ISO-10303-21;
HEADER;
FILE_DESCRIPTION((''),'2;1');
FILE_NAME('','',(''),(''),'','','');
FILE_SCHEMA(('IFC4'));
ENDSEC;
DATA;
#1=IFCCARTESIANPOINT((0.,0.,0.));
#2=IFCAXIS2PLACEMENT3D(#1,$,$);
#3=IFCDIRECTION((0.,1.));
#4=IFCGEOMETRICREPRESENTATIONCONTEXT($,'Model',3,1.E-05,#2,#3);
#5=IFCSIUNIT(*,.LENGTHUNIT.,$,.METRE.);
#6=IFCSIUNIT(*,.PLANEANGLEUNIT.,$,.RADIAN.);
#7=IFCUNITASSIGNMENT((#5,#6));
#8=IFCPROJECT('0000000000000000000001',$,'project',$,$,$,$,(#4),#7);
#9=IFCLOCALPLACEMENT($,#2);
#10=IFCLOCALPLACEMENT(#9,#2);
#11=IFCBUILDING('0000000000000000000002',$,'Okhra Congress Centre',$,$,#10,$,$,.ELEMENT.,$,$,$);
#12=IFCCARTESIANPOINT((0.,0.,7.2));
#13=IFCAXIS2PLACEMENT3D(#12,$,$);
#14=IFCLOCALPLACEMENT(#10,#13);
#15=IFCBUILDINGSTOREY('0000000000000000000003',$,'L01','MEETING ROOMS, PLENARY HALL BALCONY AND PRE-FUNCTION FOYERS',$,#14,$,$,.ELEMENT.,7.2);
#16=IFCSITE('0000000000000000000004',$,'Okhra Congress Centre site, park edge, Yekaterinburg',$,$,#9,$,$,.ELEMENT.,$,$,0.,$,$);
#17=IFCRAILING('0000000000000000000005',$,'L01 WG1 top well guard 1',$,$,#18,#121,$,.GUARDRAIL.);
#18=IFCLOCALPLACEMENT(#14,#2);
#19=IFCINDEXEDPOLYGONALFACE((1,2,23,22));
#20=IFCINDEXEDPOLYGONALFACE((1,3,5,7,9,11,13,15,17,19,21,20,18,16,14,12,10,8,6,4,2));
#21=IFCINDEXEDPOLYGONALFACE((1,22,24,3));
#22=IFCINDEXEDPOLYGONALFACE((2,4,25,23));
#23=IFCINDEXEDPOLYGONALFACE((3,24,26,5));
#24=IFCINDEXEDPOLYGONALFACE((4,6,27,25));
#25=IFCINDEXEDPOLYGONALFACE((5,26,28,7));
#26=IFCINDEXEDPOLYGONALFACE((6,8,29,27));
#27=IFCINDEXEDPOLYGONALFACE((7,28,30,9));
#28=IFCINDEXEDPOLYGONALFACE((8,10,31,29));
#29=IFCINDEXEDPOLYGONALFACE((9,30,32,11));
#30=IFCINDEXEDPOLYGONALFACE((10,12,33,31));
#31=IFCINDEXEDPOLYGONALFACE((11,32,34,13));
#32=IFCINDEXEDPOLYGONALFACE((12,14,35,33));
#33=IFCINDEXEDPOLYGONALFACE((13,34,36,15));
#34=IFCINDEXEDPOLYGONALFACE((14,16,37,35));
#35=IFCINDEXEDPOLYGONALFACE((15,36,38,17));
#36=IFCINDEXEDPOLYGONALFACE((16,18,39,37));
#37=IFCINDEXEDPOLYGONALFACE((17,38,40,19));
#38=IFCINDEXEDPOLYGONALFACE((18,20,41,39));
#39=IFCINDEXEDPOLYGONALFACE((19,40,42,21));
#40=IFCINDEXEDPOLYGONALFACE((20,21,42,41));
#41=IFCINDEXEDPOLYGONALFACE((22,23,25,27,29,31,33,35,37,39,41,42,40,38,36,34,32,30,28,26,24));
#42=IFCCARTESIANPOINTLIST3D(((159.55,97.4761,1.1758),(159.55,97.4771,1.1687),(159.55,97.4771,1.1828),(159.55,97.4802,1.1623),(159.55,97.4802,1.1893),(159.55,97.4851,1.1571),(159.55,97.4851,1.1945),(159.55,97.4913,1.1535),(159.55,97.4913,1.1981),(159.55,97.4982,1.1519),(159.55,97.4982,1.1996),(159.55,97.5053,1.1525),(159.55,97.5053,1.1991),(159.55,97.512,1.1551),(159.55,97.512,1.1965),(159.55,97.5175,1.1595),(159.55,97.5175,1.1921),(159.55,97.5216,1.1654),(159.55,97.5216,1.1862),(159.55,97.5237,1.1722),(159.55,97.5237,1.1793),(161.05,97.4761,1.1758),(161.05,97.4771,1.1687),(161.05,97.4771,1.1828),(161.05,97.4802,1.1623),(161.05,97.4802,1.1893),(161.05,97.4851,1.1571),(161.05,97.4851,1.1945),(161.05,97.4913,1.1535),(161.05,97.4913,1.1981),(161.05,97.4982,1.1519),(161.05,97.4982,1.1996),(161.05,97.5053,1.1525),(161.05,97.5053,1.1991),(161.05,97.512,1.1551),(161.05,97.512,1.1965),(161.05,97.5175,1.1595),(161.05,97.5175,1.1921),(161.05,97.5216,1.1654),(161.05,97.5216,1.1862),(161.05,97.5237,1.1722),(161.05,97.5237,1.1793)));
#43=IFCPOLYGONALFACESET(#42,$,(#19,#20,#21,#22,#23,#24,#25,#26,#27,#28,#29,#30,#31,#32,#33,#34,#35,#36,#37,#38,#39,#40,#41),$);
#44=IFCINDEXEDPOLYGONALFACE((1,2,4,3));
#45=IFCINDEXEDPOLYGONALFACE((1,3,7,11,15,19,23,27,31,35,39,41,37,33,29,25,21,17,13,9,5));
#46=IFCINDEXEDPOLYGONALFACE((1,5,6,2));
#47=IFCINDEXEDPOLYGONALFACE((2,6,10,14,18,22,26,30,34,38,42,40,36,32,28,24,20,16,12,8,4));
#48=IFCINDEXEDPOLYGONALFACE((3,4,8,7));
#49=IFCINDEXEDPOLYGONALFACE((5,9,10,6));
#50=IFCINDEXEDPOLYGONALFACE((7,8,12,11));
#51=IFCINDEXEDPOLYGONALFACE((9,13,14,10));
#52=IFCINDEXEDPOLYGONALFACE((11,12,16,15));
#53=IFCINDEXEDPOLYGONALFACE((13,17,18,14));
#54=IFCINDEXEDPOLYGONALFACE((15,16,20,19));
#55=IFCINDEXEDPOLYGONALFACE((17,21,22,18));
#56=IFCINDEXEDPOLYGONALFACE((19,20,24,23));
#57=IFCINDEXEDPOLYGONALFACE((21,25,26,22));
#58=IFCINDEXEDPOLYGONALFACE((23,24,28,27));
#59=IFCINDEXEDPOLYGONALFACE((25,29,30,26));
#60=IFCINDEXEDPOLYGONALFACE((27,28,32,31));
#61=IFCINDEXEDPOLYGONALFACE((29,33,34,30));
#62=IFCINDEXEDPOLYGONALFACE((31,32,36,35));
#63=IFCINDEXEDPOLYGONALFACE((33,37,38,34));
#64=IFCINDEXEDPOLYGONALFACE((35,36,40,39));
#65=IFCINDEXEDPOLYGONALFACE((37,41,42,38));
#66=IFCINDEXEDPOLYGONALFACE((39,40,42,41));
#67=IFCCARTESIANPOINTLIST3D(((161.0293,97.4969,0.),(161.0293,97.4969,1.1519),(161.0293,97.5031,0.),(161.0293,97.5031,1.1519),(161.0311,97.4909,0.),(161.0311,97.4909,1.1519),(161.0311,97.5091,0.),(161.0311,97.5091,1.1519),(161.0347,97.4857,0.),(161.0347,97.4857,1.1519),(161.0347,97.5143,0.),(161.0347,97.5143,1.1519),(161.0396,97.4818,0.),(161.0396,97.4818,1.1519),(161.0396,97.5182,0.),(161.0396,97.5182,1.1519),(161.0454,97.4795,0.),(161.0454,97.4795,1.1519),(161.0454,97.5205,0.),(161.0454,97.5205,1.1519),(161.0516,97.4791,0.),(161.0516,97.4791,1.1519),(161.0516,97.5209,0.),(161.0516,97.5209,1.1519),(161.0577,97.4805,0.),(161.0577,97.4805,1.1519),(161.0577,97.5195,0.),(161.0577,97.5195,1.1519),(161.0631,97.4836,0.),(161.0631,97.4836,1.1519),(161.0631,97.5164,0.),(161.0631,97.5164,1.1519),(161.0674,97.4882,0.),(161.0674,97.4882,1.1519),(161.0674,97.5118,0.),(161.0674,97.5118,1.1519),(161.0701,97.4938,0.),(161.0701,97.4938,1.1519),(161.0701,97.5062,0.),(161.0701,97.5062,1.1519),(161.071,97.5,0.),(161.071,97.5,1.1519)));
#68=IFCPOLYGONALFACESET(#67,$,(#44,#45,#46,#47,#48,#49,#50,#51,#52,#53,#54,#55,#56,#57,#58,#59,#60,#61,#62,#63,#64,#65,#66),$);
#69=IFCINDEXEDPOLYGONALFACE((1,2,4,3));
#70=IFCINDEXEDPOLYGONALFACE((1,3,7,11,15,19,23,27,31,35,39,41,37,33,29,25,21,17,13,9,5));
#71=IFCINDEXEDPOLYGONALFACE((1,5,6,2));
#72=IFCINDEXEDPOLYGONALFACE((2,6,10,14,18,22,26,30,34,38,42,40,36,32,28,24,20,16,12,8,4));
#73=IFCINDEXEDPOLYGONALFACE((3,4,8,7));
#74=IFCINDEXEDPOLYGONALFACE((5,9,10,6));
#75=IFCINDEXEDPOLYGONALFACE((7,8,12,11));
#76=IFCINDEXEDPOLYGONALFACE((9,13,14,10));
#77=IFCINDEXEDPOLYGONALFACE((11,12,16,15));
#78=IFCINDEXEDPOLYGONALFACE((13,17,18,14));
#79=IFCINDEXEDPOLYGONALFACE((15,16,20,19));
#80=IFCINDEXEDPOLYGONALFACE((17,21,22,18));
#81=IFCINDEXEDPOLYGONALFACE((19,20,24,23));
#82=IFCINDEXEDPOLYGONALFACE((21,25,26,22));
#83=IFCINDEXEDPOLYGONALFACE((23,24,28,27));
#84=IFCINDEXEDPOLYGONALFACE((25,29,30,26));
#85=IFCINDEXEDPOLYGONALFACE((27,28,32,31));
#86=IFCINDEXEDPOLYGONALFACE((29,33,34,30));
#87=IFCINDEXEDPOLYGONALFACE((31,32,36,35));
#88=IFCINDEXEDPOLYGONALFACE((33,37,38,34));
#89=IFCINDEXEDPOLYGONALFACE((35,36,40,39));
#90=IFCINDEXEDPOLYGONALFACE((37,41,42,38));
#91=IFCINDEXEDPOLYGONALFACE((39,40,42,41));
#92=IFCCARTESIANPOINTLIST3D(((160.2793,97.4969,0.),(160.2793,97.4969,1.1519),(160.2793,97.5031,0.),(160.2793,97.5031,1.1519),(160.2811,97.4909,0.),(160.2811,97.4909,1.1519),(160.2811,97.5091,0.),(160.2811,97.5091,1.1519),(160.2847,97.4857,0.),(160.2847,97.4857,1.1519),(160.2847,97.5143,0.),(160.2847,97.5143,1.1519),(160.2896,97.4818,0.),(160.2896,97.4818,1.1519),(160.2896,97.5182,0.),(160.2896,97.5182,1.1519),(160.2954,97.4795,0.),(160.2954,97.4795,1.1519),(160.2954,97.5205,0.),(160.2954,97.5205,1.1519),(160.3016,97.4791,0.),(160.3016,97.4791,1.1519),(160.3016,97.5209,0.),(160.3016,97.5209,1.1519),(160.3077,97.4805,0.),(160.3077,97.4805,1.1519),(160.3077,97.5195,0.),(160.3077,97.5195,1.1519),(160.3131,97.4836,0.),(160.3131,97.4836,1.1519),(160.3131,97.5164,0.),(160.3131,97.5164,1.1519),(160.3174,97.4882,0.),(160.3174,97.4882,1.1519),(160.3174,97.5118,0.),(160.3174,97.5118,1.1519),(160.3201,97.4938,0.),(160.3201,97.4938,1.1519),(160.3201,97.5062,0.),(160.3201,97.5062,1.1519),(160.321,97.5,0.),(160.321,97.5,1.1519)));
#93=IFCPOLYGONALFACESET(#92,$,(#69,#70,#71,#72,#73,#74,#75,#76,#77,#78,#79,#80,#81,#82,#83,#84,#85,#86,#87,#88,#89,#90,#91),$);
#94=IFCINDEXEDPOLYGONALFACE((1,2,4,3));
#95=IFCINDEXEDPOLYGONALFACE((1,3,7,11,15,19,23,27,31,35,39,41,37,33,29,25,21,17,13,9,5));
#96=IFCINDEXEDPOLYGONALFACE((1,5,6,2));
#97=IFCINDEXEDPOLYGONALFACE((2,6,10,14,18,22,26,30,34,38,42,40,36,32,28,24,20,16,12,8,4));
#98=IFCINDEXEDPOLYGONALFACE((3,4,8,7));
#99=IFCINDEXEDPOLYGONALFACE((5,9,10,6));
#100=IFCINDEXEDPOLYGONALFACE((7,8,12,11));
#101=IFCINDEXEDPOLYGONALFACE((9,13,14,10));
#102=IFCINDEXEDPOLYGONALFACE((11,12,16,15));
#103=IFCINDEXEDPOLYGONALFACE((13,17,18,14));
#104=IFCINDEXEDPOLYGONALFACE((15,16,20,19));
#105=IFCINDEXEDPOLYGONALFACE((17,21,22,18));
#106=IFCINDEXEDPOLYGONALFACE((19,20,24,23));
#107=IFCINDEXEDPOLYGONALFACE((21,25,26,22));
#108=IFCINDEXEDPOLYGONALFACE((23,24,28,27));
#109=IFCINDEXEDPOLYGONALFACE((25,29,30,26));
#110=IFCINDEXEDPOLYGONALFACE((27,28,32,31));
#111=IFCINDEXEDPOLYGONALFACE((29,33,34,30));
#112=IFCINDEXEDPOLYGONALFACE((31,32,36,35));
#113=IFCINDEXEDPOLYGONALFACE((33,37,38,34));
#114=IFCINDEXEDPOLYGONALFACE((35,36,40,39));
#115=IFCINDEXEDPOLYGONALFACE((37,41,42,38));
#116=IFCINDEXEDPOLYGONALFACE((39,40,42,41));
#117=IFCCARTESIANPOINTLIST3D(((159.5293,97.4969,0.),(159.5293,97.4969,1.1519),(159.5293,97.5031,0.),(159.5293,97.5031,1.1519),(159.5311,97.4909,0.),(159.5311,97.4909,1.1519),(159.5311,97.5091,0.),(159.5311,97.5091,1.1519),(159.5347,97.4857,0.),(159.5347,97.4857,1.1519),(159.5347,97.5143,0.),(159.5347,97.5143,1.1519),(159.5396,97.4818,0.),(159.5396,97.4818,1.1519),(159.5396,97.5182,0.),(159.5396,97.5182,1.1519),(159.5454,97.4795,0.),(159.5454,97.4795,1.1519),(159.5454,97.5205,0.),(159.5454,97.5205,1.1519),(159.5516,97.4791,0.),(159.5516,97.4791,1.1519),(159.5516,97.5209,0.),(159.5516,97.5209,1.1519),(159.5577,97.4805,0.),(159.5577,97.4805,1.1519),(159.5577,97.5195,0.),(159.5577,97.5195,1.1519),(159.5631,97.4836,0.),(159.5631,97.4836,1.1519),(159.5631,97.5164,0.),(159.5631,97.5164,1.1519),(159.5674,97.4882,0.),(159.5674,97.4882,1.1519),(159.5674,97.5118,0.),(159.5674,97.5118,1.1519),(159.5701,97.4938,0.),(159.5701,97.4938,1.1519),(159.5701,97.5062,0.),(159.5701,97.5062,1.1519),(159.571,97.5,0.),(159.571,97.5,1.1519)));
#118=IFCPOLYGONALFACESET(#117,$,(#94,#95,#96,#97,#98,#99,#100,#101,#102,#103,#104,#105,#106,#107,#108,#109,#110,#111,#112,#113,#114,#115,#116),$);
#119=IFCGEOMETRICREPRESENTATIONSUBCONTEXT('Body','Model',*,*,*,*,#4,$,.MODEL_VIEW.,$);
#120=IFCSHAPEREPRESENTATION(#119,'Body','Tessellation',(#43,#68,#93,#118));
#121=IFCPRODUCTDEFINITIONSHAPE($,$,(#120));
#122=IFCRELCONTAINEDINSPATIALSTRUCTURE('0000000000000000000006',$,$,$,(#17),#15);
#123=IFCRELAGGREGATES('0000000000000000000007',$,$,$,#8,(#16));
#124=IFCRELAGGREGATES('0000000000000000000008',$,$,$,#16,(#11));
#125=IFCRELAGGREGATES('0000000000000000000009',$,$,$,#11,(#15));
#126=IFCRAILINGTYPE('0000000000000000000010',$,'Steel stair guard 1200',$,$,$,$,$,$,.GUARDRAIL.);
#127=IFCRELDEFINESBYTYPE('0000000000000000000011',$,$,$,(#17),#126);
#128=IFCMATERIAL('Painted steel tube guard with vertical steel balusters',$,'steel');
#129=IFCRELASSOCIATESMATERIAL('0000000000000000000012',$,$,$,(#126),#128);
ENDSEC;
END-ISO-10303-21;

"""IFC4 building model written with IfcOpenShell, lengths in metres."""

from ifc_helpers import new_model, si_unit, direction, frame, origin, origin_2d, place, context, subcontext, project, spatial, circle, extrude, material, type_object, element, save


model = new_model("IFC4")

# Units and contexts
model_context = context("Model", 3, precision=1e-05, world=origin(), true_north=direction((0.0, 1.0)))
body_context = subcontext(model_context, "Body", "Model", "MODEL_VIEW")
ifc_project = project(units=[si_unit("LENGTHUNIT", "METRE"), si_unit("PLANEANGLEUNIT", "RADIAN")], contexts=[model_context])

# Site, building, storey
site_placement = place(None, origin())
site = spatial("IfcSite", under=ifc_project, at=site_placement, Name="Okhra Congress Centre site, park edge, Yekaterinburg", CompositionType="ELEMENT", RefElevation=0.0)
building_placement = place(site_placement, origin())
building = spatial("IfcBuilding", under=site, at=building_placement, Name="Okhra Congress Centre", CompositionType="ELEMENT")
storey_placement = place(building_placement, frame((0.0, 0.0, 7.2)))
storey = spatial("IfcBuildingStorey", under=building, at=storey_placement, Name="L01", Description="MEETING ROOMS, PLENARY HALL BALCONY AND PRE-FUNCTION FOYERS", CompositionType="ELEMENT", Elevation=7.2)

# Railing
ifc_material_1 = material(Name="Painted steel tube guard with vertical steel balusters", Category="steel")
railing_type_1 = type_object("IfcRailingType", Name="Steel stair guard 1200", PredefinedType="GUARDRAIL", material=ifc_material_1)
railing_1_placement = place(storey_placement, frame((161.05, 97.5, 0.0)))
element("IfcRailing", 1, at=railing_1_placement, inside=storey, type_object=railing_type_1, Name="L01 WG1 top well guard 1", PredefinedType="GUARDRAIL", context=body_context, shape_type="SweptSolid", body=[
    extrude(circle(Radius=0.0239, at=origin_2d()), frame((0.0, 0.0, 1.1758), z_axis=(-1.0, 0.0, 0.0), x_axis=(0.0, -1.0, 0.0)), (0.0, 0.0, 1.0), 1.5),
    extrude(circle(Radius=0.021, at=origin_2d()), origin(), (0.0, 0.0, 1.0), 1.1519),
    extrude(circle(Radius=0.021, at=origin_2d()), frame((-0.75, 0.0, 0.0)), (0.0, 0.0, 1.0), 1.1519),
    extrude(circle(Radius=0.021, at=origin_2d()), frame((-1.5, 0.0, 0.0)), (0.0, 0.0, 1.0), 1.1519),
])

save(model, "model.ifc")
